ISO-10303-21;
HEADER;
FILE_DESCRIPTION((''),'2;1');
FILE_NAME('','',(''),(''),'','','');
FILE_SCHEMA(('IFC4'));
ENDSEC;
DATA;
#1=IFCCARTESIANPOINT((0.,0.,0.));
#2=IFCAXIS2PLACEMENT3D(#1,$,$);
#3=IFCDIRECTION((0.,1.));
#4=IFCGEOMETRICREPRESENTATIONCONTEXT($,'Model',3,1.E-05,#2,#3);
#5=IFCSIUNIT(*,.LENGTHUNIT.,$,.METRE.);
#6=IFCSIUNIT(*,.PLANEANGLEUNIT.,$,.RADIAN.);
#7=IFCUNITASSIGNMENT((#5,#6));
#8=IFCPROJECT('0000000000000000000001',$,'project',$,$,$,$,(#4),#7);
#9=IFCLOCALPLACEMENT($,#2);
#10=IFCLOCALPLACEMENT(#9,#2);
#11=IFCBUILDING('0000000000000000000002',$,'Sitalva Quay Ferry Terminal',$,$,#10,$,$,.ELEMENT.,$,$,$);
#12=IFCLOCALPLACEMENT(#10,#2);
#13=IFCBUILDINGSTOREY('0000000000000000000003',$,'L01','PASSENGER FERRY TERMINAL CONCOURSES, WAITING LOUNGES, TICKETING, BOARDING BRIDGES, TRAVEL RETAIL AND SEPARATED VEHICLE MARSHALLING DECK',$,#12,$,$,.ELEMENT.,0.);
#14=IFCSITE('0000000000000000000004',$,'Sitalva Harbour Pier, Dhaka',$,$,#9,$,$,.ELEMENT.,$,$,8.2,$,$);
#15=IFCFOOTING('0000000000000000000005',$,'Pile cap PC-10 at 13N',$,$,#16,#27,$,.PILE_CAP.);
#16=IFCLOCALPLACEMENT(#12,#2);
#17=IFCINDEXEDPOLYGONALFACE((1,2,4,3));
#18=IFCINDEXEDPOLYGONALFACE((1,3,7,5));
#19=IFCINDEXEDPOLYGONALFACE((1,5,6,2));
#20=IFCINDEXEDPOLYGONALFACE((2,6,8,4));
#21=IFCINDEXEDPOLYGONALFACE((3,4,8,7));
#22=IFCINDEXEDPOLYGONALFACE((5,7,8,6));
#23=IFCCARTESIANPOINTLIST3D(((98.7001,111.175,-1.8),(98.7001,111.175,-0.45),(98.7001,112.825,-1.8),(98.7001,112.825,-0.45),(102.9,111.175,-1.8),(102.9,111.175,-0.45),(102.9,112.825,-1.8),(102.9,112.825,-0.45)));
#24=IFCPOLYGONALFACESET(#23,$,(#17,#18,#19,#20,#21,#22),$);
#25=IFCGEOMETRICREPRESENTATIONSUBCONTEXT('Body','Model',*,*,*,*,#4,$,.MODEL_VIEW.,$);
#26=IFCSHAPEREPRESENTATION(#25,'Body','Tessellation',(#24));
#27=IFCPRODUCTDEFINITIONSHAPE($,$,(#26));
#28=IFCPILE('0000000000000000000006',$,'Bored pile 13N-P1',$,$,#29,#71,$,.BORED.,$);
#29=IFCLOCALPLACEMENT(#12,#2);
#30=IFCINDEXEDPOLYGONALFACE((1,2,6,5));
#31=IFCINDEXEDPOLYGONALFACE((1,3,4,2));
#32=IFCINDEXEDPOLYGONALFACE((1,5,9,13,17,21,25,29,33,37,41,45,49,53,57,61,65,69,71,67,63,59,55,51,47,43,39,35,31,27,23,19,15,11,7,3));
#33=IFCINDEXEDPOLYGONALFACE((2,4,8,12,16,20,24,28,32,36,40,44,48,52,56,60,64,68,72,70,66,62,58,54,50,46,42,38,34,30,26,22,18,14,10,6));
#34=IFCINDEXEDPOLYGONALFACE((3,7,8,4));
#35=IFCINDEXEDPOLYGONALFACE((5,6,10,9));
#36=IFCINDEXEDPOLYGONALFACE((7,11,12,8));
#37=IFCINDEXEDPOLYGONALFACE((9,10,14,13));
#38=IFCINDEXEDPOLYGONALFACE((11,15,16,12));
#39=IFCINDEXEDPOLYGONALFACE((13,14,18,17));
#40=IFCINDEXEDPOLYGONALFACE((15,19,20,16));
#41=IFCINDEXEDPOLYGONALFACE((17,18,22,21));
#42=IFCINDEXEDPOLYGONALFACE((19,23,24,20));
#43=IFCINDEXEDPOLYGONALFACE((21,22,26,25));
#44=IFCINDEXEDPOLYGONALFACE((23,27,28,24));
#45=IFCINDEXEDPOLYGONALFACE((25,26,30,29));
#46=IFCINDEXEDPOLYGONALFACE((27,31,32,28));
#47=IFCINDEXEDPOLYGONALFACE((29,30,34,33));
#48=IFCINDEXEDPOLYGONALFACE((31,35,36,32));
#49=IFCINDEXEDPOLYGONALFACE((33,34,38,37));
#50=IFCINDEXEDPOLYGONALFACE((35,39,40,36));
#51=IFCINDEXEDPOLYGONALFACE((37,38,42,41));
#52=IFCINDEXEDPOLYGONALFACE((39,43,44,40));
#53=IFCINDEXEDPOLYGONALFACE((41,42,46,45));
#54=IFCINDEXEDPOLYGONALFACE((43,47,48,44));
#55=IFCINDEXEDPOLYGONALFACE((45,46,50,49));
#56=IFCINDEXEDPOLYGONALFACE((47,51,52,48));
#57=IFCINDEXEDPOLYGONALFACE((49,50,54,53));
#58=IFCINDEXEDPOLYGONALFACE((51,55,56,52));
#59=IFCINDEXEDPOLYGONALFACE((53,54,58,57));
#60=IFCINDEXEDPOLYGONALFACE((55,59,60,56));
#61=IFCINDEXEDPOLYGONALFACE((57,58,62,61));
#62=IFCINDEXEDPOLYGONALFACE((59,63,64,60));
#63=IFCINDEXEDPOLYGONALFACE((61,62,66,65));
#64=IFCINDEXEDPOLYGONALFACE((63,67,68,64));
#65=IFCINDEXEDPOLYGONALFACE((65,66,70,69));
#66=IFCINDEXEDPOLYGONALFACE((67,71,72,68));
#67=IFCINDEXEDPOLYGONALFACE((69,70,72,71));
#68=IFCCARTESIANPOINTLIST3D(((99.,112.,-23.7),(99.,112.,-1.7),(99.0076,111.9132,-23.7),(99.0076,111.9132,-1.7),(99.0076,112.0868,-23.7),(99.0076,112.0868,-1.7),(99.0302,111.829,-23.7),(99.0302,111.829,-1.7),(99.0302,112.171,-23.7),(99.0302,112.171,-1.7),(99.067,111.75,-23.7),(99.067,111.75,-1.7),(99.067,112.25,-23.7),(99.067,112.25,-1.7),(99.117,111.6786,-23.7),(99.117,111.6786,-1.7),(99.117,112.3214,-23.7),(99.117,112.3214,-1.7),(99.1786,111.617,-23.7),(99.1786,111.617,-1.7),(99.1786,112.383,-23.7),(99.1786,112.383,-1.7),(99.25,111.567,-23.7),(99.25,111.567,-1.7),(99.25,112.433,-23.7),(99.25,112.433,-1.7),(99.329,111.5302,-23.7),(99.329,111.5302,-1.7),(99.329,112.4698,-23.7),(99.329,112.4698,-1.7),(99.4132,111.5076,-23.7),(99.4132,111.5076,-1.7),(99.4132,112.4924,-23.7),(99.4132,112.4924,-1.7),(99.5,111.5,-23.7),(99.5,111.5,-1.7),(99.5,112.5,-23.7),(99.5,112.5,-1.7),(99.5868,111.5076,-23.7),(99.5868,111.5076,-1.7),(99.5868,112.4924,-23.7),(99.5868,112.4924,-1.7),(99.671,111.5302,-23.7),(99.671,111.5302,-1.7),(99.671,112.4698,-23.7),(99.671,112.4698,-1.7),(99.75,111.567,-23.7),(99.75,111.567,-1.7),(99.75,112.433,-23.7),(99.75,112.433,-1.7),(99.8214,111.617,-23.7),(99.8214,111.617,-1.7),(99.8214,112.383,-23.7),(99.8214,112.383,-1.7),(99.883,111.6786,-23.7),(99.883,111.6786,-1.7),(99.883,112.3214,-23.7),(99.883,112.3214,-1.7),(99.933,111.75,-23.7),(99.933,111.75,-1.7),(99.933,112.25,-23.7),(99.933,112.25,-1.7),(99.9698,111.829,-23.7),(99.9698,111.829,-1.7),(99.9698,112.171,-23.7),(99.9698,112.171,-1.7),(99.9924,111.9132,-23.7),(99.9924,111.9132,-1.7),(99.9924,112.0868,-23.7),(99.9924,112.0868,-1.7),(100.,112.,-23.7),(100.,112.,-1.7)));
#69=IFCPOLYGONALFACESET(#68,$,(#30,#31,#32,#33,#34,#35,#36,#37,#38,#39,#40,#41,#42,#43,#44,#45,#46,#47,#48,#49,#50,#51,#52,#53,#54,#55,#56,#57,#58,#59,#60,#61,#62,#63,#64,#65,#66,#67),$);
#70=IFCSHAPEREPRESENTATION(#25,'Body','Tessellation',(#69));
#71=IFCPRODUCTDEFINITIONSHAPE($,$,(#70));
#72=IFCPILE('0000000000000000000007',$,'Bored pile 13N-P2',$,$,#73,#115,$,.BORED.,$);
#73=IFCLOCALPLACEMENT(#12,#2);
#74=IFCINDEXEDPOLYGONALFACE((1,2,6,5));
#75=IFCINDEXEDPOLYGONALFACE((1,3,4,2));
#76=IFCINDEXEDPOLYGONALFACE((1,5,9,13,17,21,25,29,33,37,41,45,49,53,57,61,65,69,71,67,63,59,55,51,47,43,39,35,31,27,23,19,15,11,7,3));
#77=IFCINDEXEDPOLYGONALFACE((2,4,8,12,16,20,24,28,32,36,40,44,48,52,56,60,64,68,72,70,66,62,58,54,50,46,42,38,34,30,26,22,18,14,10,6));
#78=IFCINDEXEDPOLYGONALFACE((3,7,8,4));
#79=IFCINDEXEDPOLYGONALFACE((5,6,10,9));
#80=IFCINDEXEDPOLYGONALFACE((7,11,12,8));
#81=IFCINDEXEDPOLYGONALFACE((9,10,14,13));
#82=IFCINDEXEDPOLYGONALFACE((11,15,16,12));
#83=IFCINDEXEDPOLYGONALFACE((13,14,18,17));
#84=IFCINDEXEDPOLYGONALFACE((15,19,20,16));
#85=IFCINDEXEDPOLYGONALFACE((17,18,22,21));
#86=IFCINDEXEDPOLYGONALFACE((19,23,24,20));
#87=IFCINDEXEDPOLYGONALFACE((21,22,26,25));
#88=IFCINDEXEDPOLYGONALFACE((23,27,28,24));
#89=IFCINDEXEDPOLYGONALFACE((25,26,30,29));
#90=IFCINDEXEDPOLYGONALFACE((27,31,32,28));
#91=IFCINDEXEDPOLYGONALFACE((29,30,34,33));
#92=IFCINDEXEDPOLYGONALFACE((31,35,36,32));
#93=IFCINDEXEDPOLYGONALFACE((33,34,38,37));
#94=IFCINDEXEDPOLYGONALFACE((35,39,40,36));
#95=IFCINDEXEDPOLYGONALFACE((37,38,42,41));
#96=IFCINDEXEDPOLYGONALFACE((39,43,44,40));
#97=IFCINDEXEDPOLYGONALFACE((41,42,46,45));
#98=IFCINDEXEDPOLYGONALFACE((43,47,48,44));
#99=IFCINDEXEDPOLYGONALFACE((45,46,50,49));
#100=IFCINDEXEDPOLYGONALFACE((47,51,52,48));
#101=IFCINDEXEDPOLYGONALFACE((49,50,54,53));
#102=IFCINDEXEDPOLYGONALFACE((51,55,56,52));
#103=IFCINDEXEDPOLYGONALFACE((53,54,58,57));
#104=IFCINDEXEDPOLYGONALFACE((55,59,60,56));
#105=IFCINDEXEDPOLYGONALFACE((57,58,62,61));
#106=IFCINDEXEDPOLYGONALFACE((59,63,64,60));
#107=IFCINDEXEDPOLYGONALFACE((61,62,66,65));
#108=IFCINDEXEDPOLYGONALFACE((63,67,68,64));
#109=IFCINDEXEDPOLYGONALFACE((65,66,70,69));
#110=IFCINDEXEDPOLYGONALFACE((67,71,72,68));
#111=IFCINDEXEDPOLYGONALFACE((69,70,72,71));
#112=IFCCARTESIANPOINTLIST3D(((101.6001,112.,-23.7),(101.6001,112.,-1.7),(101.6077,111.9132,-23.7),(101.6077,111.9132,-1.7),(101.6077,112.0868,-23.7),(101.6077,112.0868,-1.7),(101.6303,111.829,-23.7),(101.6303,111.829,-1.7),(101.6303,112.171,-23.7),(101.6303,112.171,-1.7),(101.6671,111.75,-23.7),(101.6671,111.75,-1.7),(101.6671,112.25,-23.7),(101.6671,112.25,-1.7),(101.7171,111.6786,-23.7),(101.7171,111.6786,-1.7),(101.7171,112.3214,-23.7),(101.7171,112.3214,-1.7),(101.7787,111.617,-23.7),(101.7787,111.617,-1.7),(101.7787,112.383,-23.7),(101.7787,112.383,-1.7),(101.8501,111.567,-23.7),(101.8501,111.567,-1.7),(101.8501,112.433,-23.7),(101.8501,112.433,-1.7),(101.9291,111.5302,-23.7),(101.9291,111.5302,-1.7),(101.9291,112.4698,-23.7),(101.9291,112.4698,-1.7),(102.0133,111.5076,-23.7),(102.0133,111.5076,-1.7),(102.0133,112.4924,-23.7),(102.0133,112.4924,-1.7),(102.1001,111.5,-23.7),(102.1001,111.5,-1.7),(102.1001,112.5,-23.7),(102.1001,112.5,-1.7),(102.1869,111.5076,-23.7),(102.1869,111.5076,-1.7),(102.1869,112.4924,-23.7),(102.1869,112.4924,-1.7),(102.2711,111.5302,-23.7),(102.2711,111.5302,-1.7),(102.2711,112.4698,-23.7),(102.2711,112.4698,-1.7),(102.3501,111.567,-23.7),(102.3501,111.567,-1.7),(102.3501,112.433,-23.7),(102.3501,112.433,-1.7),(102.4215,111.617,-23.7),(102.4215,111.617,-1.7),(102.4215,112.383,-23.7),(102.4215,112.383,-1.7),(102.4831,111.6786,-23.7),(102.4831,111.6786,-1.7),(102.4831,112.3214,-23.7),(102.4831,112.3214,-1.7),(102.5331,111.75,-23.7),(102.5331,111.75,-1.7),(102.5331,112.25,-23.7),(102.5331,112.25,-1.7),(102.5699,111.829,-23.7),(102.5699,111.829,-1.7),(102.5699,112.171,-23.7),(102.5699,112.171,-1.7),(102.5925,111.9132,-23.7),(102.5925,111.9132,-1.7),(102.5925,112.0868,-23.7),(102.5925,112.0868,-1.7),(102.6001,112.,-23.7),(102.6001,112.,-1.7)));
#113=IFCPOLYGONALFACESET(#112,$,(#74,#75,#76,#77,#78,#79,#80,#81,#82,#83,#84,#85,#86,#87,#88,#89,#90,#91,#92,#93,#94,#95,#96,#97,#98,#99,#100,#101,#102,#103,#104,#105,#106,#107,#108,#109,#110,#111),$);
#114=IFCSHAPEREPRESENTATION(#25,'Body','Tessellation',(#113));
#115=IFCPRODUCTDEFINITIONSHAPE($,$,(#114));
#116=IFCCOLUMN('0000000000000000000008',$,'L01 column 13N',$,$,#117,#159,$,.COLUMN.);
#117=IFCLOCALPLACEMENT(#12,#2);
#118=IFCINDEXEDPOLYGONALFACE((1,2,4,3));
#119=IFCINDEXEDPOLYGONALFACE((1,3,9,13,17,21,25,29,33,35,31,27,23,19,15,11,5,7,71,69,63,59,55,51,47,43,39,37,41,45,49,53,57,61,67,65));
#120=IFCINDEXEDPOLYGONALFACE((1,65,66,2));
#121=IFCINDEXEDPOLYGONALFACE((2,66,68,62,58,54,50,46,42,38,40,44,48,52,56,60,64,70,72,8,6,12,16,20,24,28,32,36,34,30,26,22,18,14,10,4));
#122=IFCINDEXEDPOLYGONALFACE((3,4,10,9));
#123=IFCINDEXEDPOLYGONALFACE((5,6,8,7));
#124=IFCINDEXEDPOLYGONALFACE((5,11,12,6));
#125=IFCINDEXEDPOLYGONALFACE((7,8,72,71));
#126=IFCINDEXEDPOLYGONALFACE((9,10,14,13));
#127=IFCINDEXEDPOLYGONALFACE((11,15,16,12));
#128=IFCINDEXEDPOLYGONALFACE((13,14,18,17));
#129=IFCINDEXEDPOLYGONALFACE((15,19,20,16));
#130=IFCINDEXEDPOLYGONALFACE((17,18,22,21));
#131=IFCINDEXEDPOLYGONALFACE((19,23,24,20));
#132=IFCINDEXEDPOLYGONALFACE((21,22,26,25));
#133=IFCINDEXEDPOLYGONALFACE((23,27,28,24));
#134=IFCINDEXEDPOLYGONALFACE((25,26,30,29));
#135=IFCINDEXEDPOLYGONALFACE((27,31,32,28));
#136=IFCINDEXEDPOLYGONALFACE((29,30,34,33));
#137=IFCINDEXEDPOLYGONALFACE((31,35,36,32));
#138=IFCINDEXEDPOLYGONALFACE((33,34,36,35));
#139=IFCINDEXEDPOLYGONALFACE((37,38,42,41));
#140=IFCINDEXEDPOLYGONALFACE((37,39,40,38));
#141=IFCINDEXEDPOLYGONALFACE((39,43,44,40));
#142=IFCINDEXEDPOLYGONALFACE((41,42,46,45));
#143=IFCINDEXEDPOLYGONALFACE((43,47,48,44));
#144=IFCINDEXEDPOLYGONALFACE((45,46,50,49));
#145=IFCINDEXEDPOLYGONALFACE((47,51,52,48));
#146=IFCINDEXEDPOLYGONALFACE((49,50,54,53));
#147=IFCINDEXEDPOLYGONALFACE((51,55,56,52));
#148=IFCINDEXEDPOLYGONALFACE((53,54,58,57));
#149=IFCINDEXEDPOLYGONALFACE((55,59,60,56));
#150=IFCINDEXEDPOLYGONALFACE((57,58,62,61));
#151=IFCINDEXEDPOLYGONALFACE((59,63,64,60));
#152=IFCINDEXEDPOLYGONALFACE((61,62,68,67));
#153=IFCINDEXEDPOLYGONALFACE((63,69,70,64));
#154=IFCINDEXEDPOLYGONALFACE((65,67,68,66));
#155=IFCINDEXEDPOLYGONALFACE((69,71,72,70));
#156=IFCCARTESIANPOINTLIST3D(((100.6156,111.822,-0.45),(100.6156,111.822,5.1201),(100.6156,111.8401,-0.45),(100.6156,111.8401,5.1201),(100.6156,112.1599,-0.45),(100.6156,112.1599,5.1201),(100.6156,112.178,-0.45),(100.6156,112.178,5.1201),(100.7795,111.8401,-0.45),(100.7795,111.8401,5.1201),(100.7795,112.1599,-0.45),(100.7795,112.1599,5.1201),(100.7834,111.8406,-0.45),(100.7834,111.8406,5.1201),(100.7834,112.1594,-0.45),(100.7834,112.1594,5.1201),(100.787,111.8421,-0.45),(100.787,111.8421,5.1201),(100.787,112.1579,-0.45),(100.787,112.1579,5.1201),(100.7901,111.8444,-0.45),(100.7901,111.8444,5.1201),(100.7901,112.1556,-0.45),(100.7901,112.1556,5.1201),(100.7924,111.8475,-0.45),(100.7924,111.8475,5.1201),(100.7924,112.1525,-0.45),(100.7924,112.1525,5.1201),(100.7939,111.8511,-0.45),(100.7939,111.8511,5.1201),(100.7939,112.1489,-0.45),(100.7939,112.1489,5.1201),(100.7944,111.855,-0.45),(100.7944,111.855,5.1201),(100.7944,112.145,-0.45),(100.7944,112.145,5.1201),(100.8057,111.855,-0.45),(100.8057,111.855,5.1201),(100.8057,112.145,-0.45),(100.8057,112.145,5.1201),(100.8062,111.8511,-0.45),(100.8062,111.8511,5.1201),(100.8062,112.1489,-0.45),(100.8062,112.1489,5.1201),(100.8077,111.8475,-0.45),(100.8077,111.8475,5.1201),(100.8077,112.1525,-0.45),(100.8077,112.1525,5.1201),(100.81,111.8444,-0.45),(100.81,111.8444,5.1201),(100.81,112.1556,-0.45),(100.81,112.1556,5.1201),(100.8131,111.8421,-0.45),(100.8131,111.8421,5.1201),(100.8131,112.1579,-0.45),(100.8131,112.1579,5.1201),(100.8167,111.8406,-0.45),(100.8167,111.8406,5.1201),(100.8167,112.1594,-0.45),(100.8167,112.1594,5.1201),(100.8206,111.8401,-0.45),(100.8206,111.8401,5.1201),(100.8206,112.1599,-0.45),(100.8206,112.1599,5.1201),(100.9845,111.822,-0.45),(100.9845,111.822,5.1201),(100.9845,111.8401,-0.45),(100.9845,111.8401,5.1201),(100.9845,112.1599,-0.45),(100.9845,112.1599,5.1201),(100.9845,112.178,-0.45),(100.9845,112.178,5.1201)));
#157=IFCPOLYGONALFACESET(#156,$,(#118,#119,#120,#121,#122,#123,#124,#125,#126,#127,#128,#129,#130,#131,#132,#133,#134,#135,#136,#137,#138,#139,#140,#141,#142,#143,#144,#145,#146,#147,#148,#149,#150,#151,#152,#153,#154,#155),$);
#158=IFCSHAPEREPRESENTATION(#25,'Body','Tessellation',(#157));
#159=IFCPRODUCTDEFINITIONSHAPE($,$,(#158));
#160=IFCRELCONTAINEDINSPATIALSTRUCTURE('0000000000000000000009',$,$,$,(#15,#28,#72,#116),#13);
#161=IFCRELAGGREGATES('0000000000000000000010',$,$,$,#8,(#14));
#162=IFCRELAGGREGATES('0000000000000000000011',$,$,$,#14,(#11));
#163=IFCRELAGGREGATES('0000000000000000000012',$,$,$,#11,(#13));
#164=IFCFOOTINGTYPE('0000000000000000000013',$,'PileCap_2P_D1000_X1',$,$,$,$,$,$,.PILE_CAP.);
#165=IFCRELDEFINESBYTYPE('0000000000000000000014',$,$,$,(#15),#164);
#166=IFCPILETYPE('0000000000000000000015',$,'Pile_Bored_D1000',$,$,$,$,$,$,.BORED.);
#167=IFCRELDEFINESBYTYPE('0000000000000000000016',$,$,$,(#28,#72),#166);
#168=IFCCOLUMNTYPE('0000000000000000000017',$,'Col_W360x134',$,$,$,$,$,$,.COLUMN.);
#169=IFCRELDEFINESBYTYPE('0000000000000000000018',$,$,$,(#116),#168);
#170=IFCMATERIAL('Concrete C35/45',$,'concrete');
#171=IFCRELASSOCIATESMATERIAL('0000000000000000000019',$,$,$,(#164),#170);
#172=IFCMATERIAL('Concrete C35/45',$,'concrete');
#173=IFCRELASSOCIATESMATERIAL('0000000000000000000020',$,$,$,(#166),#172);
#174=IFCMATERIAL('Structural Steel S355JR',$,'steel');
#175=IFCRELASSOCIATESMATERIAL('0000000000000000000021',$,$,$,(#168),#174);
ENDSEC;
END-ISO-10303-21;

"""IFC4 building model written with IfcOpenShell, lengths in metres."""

from ifc_helpers import new_model, si_unit, direction, frame, origin, origin_2d, place, context, subcontext, project, spatial, rectangle, circle, i_section, extrude, material, material_profile, profile_set, type_object, element, save


model = new_model("IFC4")

# Units and contexts
model_context = context("Model", 3, precision=1e-05, world=origin(), true_north=direction((0.0, 1.0)))
body_context = subcontext(model_context, "Body", "Model", "MODEL_VIEW")
ifc_project = project(units=[si_unit("LENGTHUNIT", "METRE"), si_unit("PLANEANGLEUNIT", "RADIAN")], contexts=[model_context])

# Site, building, storey
site_placement = place(None, origin())
site = spatial("IfcSite", under=ifc_project, at=site_placement, Name="Sitalva Harbour Pier, Dhaka", CompositionType="ELEMENT", RefElevation=8.2)
building_placement = place(site_placement, origin())
building = spatial("IfcBuilding", under=site, at=building_placement, Name="Sitalva Quay Ferry Terminal", CompositionType="ELEMENT")
storey_placement = place(building_placement, origin())
storey = spatial("IfcBuildingStorey", under=building, at=storey_placement, Name="L01", Description="PASSENGER FERRY TERMINAL CONCOURSES, WAITING LOUNGES, TICKETING, BOARDING BRIDGES, TRAVEL RETAIL AND SEPARATED VEHICLE MARSHALLING DECK", CompositionType="ELEMENT", Elevation=0.0)

# Footing
ifc_material_1 = material(Name="Concrete C35/45", Category="concrete")
footing_type = type_object("IfcFootingType", Name="PileCap_2P_D1000_X1", PredefinedType="PILE_CAP", material=ifc_material_1)
footing_placement = place(storey_placement, frame((100.8, 112.0, -1.8), z_axis=(0.0, 0.0, 1.0), x_axis=(1.0, 0.0, 0.0)))
element("IfcFooting", 1, at=footing_placement, inside=storey, type_object=footing_type, Name="Pile cap PC-10 at 13N", PredefinedType="PILE_CAP", context=body_context, shape_type="SweptSolid", body=[
    extrude(rectangle(XDim=4.2, YDim=1.6499, at=origin_2d()), origin(), (0.0, 0.0, 1.0), 1.3501),
])

# Piles
ifc_material_2 = material(Name="Concrete C35/45", Category="concrete")
ifc_material_profile_1 = material_profile(ifc_material_2, circle(Radius=0.5, at=origin_2d()), Name="PILE-D1000")
ifc_profile_set_1 = profile_set([ifc_material_profile_1], Name="Concrete C35/45")
pile_type = type_object("IfcPileType", Name="Pile_Bored_D1000", PredefinedType="BORED", material=ifc_profile_set_1)
for number, where, z_axis, x_axis, name in (
    (2, (99.5, 112.0, -1.7), (0.0, 0.0, -1.0), (1.0, 0.0, 0.0), "Bored pile 13N-P1"),
    (3, (102.1001, 112.0, -1.7), (0.0, 0.0, -1.0), (1.0, 0.0, 0.0), "Bored pile 13N-P2"),
):
    element("IfcPile", number, at=place(storey_placement, frame(where, z_axis=z_axis, x_axis=x_axis)), inside=storey, type_object=pile_type, Name=name, PredefinedType="BORED", context=body_context, shape_type="SweptSolid", body=[
        extrude(circle(Radius=0.5, at=origin_2d()), origin(), (0.0, 0.0, 1.0), 22.0),
    ])

# Column
ifc_material_3 = material(Name="Structural Steel S355JR", Category="steel")
ifc_material_profile_2 = material_profile(ifc_material_3, i_section(OverallWidth=0.3689, OverallDepth=0.356, WebThickness=0.0112, FlangeThickness=0.0181, FilletRadius=0.0149, at=origin_2d()), Name="W360x134")
ifc_profile_set_2 = profile_set([ifc_material_profile_2], Name="Structural Steel S355JR")
column_type = type_object("IfcColumnType", Name="Col_W360x134", PredefinedType="COLUMN", material=ifc_profile_set_2)
column_placement = place(storey_placement, frame((100.8, 112.0, -0.45), z_axis=(0.0, 0.0, 1.0), x_axis=(1.0, 0.0, 0.0)))
element("IfcColumn", 4, at=column_placement, inside=storey, type_object=column_type, Name="L01 column 13N", PredefinedType="COLUMN", context=body_context, shape_type="SweptSolid", body=[
    extrude(i_section(OverallWidth=0.3689, OverallDepth=0.356, WebThickness=0.0112, FlangeThickness=0.0181, FilletRadius=0.0149, at=origin_2d()), origin(), (0.0, 0.0, 1.0), 5.5701),
])

save(model, "model.ifc")
